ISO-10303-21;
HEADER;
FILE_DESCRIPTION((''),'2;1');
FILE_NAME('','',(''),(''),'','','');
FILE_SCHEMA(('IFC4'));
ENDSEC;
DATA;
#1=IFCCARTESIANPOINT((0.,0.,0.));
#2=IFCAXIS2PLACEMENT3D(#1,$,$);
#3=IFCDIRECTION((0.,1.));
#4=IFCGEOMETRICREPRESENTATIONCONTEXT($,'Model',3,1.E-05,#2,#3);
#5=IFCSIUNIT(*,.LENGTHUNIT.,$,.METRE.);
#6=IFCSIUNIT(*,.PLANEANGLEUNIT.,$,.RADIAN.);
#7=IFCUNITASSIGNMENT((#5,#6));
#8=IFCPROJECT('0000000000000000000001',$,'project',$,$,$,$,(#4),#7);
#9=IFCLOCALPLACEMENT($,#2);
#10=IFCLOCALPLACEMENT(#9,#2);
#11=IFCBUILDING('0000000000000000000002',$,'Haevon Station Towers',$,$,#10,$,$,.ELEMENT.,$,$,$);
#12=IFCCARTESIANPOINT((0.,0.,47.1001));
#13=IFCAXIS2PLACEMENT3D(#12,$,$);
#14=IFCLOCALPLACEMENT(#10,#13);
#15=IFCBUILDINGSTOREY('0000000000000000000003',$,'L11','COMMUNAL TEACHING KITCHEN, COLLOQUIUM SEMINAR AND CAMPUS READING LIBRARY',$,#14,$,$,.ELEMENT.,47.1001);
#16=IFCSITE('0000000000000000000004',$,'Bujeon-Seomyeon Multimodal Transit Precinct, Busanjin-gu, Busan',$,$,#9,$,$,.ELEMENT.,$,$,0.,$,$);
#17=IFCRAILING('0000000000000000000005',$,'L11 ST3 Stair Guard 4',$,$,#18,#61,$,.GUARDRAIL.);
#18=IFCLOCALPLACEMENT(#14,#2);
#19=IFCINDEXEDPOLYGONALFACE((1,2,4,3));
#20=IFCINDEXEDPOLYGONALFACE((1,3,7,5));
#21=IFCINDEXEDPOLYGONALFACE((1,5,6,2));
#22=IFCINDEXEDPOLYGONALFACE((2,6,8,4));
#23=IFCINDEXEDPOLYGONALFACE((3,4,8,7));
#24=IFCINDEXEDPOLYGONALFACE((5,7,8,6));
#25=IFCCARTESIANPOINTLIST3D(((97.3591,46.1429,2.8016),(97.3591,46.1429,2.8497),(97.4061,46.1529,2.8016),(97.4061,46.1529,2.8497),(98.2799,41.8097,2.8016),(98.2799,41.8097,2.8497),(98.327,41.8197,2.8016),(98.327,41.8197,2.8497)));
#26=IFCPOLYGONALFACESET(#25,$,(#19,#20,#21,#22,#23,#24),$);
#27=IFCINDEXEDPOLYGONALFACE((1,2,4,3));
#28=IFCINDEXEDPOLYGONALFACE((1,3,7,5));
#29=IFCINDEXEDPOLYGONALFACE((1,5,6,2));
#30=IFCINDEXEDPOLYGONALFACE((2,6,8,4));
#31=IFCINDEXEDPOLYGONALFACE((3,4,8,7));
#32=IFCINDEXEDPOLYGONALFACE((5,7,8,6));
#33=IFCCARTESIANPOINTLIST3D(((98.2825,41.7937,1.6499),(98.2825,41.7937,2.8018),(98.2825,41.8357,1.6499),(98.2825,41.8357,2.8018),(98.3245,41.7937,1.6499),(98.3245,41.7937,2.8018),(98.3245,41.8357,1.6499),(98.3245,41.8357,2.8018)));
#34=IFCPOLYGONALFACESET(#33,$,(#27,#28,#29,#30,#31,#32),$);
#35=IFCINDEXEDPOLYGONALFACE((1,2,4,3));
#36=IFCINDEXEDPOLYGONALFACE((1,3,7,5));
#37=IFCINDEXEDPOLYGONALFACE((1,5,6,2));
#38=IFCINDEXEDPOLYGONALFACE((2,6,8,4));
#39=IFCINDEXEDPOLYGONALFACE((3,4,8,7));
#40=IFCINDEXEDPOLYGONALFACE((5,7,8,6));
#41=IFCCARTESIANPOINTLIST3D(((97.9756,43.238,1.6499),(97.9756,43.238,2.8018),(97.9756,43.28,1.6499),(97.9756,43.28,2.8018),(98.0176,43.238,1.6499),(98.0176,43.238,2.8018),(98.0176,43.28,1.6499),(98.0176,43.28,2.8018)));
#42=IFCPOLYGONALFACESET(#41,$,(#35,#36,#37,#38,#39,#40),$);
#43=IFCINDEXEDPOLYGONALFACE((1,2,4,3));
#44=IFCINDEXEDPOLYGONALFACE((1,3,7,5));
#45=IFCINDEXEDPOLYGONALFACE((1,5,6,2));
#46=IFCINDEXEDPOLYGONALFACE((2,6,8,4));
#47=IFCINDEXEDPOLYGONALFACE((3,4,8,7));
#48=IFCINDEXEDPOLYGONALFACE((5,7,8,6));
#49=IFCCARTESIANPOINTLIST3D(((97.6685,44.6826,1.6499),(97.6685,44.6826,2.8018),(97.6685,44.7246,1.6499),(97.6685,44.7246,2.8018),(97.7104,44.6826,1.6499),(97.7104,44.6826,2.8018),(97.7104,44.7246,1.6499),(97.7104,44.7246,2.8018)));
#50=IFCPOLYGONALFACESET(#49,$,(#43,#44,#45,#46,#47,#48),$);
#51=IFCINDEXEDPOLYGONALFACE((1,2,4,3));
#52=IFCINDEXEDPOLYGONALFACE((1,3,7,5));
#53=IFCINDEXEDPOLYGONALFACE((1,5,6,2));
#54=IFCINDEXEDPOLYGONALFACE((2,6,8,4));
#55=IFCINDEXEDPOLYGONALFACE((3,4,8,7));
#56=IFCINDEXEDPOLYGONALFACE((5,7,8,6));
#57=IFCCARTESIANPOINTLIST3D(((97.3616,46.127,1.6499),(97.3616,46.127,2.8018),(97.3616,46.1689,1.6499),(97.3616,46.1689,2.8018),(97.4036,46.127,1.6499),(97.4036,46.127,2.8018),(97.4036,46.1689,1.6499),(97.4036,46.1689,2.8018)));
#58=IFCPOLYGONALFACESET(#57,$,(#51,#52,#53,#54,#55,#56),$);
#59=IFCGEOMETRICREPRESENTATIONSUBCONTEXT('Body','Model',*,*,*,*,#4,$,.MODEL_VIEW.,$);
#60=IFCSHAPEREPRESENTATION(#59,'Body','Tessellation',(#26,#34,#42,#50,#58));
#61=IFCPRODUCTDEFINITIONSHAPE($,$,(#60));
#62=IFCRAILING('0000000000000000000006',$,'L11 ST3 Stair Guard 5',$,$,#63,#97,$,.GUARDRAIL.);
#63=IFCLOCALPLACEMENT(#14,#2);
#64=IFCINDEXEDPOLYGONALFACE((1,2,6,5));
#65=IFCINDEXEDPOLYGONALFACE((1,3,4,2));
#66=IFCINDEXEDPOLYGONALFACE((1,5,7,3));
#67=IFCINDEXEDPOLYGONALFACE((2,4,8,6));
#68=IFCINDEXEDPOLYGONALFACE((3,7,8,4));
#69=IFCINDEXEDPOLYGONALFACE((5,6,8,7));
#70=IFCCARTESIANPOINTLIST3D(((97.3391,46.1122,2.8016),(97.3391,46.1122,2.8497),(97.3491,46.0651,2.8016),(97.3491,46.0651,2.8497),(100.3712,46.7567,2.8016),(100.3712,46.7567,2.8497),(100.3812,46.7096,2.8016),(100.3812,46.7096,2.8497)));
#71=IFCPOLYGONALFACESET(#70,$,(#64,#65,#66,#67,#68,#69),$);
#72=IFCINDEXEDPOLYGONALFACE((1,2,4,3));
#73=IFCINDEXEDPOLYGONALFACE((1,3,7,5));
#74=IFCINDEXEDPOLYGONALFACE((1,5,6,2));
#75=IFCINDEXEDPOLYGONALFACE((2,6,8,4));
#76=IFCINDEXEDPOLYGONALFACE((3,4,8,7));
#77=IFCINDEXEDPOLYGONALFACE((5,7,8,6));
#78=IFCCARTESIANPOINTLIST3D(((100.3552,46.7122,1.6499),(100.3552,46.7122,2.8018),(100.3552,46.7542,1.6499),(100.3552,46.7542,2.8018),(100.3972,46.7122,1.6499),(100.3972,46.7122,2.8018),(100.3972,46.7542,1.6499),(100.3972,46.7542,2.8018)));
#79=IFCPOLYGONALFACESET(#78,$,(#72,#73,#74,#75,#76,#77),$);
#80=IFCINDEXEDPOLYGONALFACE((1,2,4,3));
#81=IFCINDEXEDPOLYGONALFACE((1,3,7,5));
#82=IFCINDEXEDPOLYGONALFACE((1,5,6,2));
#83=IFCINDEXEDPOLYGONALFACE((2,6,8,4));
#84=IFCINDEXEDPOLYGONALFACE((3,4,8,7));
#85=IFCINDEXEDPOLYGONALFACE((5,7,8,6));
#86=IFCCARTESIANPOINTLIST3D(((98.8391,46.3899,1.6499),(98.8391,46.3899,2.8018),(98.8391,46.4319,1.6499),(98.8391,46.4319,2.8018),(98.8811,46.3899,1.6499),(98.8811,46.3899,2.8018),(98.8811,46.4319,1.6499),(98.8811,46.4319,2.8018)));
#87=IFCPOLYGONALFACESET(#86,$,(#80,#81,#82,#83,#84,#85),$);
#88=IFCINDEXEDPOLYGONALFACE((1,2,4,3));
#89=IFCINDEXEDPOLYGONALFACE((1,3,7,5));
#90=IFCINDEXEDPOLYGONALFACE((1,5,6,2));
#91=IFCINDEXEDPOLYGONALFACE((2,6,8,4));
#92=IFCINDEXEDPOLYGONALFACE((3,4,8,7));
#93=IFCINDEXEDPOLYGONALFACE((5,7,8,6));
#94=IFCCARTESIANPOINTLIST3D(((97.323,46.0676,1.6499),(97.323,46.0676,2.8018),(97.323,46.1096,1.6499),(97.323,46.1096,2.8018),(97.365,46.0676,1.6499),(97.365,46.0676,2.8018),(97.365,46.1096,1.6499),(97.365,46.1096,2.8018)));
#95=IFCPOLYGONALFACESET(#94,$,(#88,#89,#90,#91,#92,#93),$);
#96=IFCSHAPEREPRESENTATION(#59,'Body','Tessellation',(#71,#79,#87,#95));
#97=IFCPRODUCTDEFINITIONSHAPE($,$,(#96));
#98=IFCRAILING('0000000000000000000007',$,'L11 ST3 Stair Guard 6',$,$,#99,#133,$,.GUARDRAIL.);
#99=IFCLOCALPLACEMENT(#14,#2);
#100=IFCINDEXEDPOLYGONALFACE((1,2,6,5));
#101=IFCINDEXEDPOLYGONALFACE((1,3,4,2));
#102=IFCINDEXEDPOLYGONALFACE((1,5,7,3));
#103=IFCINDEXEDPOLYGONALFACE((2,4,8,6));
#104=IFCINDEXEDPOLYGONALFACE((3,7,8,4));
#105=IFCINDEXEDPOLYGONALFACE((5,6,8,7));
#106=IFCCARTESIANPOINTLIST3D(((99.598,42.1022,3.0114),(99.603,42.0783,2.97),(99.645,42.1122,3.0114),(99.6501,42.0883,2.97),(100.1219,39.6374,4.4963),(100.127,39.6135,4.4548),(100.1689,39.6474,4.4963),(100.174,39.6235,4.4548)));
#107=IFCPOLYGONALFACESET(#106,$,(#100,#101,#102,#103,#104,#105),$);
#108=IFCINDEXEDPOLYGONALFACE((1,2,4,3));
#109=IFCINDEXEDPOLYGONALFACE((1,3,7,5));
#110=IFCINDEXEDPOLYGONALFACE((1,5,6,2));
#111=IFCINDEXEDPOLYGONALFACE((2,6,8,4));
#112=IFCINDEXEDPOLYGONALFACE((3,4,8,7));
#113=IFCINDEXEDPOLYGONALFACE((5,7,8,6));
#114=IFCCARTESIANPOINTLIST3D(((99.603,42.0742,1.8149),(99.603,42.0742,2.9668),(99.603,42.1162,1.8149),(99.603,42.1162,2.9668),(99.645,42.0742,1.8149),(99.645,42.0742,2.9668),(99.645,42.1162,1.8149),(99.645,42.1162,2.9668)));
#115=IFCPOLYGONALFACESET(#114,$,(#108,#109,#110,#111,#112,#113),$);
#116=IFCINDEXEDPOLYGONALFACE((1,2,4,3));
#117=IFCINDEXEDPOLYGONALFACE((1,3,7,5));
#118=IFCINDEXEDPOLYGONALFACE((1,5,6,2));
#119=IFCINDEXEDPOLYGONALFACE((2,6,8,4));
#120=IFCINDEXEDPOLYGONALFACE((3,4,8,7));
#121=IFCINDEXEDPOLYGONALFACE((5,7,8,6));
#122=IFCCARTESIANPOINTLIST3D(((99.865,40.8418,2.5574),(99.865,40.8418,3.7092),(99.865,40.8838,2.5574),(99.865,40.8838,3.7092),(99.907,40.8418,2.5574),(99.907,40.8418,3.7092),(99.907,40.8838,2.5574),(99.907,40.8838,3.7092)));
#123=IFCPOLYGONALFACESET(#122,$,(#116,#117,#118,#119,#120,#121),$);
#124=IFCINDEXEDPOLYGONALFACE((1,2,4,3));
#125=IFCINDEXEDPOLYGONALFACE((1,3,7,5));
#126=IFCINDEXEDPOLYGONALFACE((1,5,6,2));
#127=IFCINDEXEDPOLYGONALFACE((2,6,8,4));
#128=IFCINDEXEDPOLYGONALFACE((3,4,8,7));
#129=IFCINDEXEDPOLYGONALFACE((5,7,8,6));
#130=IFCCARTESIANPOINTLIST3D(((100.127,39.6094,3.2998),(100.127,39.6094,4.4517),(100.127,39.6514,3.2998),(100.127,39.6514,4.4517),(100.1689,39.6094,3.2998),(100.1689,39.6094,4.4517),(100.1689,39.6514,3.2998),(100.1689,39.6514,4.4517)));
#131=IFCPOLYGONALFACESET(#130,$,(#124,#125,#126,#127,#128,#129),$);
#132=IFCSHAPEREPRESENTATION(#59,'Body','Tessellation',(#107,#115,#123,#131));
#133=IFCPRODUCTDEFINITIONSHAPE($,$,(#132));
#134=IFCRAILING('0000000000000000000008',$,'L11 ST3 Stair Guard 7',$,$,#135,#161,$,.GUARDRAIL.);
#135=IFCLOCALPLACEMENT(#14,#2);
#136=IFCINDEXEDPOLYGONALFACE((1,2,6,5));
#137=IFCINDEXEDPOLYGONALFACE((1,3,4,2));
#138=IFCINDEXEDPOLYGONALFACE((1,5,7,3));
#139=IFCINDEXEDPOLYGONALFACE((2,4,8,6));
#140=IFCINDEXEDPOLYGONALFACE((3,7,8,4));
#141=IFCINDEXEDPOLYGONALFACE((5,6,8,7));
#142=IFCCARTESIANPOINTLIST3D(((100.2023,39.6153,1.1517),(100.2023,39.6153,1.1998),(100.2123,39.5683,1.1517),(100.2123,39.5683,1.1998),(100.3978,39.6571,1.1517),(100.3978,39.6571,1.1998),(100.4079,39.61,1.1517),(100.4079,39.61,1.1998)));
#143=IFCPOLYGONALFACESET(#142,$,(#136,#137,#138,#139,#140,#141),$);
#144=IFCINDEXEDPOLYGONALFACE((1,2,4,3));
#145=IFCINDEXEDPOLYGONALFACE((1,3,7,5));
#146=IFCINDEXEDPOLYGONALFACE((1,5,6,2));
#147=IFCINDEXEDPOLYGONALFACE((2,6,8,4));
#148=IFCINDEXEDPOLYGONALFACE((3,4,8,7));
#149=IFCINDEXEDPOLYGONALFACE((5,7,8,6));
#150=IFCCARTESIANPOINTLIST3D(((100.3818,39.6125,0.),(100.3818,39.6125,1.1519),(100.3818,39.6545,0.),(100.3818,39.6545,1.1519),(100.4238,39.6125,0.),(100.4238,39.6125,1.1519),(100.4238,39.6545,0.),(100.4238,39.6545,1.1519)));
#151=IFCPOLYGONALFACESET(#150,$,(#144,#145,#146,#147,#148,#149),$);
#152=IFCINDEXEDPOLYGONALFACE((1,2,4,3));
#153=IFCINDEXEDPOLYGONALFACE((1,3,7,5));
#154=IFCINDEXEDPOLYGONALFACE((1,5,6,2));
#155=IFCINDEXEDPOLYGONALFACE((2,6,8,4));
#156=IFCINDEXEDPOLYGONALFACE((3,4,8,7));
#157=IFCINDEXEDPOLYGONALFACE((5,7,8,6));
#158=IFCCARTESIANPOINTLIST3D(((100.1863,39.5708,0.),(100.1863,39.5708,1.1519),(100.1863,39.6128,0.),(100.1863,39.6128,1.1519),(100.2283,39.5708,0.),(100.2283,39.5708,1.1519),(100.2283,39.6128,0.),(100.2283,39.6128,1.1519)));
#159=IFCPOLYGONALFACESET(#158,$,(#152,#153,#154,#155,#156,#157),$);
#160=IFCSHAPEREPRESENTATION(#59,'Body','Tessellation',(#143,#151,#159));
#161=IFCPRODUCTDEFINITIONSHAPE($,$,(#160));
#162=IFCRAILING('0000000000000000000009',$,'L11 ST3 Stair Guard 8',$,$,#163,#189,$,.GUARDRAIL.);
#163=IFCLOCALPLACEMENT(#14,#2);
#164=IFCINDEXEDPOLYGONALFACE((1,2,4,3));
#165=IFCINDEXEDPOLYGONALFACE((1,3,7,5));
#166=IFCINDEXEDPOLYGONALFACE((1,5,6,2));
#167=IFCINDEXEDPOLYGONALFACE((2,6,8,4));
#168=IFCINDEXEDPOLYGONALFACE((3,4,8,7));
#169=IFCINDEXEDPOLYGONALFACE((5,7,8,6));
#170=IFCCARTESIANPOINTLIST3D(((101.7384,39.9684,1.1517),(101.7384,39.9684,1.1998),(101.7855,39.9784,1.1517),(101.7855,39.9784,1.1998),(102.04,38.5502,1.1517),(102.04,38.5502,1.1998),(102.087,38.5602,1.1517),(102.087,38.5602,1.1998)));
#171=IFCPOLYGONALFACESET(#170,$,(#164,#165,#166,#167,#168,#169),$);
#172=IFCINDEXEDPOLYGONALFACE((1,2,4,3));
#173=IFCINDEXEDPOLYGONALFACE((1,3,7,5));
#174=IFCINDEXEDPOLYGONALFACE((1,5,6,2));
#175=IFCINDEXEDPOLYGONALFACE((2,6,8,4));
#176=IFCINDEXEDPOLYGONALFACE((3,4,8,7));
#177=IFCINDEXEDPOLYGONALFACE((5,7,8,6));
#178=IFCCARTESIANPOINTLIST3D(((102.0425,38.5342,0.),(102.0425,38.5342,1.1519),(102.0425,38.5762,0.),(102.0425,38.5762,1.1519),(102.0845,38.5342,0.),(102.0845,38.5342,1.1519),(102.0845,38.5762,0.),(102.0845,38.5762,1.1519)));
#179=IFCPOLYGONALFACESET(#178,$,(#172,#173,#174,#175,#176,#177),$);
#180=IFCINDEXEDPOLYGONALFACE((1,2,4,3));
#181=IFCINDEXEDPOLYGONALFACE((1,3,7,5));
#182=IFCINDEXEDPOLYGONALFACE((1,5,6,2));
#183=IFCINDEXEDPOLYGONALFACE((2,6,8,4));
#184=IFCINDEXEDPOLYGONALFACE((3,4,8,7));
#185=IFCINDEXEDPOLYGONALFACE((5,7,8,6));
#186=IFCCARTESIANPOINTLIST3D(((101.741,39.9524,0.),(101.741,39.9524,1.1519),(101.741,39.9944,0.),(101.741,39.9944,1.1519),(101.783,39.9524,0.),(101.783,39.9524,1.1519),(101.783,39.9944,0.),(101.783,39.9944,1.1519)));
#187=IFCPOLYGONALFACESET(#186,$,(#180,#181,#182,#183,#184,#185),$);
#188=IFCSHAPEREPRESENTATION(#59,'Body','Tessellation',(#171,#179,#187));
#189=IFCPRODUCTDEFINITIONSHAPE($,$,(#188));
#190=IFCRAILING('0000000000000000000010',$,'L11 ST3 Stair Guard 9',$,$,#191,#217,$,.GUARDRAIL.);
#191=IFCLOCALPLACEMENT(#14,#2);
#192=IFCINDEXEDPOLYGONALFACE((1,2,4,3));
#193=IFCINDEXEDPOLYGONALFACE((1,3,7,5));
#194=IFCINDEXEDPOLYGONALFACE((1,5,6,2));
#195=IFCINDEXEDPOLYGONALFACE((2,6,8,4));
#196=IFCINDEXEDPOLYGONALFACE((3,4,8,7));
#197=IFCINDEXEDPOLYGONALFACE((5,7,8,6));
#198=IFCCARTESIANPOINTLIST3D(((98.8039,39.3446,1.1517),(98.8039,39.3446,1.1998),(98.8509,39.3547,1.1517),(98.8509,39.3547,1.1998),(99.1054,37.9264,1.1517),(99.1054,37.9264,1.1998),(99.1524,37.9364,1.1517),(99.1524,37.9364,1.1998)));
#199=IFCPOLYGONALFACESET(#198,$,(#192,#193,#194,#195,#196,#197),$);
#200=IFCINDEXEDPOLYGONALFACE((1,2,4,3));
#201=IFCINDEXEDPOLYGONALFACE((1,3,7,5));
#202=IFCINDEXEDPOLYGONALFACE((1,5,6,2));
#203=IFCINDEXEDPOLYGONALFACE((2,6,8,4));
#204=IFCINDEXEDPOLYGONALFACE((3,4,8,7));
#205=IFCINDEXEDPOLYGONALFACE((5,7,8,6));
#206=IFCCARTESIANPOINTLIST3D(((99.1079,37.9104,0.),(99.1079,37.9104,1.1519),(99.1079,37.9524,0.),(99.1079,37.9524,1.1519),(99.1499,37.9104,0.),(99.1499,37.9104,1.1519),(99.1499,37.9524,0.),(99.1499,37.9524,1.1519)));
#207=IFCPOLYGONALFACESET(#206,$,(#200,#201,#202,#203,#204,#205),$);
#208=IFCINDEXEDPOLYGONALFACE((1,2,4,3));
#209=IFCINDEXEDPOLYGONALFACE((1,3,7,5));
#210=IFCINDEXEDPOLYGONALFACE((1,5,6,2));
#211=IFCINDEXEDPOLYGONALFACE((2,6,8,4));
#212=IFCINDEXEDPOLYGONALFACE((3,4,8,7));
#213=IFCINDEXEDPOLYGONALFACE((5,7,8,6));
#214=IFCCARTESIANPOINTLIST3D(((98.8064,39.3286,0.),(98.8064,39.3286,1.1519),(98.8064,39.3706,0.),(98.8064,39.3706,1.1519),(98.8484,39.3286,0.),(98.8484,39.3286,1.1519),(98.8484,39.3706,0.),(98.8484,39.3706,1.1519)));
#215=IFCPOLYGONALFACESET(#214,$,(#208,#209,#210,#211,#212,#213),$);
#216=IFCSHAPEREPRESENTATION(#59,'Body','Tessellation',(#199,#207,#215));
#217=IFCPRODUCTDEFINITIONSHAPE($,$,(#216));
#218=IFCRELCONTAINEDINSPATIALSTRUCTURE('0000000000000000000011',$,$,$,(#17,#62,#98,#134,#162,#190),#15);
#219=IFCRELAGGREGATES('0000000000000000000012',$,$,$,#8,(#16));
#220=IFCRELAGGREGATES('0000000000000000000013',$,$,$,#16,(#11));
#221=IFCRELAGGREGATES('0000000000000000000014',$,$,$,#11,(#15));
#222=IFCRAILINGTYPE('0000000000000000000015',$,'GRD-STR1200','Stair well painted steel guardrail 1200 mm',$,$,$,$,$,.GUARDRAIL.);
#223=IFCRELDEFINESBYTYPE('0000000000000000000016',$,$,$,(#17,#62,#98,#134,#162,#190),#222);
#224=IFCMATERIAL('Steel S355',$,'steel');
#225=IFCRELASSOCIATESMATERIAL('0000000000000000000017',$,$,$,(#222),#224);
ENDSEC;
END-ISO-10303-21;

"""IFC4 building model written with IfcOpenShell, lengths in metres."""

from ifc_helpers import new_model, si_unit, direction, frame, origin, origin_2d, place, context, subcontext, project, spatial, rectangle, extrude, material, type_object, element, save


model = new_model("IFC4")

# Units and contexts
model_context = context("Model", 3, precision=1e-05, world=origin(), true_north=direction((0.0, 1.0)))
body_context = subcontext(model_context, "Body", "Model", "MODEL_VIEW")
ifc_project = project(units=[si_unit("LENGTHUNIT", "METRE"), si_unit("PLANEANGLEUNIT", "RADIAN")], contexts=[model_context])

# Site, building, storey
site_placement = place(None, origin())
site = spatial("IfcSite", under=ifc_project, at=site_placement, Name="Bujeon-Seomyeon Multimodal Transit Precinct, Busanjin-gu, Busan", CompositionType="ELEMENT", RefElevation=0.0)
building_placement = place(site_placement, origin())
building = spatial("IfcBuilding", under=site, at=building_placement, Name="Haevon Station Towers", CompositionType="ELEMENT")
storey_placement = place(building_placement, frame((0.0, 0.0, 47.1001)))
storey = spatial("IfcBuildingStorey", under=building, at=storey_placement, Name="L11", Description="COMMUNAL TEACHING KITCHEN, COLLOQUIUM SEMINAR AND CAMPUS READING LIBRARY", CompositionType="ELEMENT", Elevation=47.1001)

# Shared definitions
ifc_material_1 = material(Name="Steel S355", Category="steel")

# Railings
railing_type_1 = type_object("IfcRailingType", Name="GRD-STR1200", Description="Stair well painted steel guardrail 1200 mm", PredefinedType="GUARDRAIL", material=ifc_material_1)
railing_1_placement = place(storey_placement, frame((98.3035, 41.8147, 1.6499)))
element("IfcRailing", 1, at=railing_1_placement, inside=storey, type_object=railing_type_1, Name="L11 ST3 Stair Guard 4", PredefinedType="GUARDRAIL", context=body_context, shape_type="SweptSolid", body=[
    extrude(rectangle(XDim=0.0481, YDim=0.0481, at=origin_2d()), frame((0.0, 0.0, 1.1758), z_axis=(-0.207877, 0.978155, 0.0), x_axis=(-0.978155, -0.207877, 0.0)), (0.0, 0.0, 1.0), 4.4299),
    extrude(rectangle(XDim=0.042, YDim=0.042, at=origin_2d()), origin(), (0.0, 0.0, 1.0), 1.1519),
    extrude(rectangle(XDim=0.042, YDim=0.042, at=origin_2d()), frame((-0.3069, 1.4443, 0.0)), (0.0, 0.0, 1.0), 1.1519),
    extrude(rectangle(XDim=0.042, YDim=0.042, at=origin_2d()), frame((-0.614, 2.8889, 0.0)), (0.0, 0.0, 1.0), 1.1519),
    extrude(rectangle(XDim=0.042, YDim=0.042, at=origin_2d()), frame((-0.9209, 4.3333, 0.0)), (0.0, 0.0, 1.0), 1.1519),
])
railing_2_placement = place(storey_placement, frame((100.3762, 46.7332, 1.6499)))
element("IfcRailing", 2, at=railing_2_placement, inside=storey, type_object=railing_type_1, Name="L11 ST3 Stair Guard 5", PredefinedType="GUARDRAIL", context=body_context, shape_type="SweptSolid", body=[
    extrude(rectangle(XDim=0.0481, YDim=0.0481, at=origin_2d()), frame((0.0, 0.0, 1.1758), z_axis=(-0.978147, -0.207915, 0.0), x_axis=(0.207915, -0.978147, 0.0)), (0.0, 0.0, 1.0), 3.0999),
    extrude(rectangle(XDim=0.042, YDim=0.042, at=origin_2d()), origin(), (0.0, 0.0, 1.0), 1.1519),
    extrude(rectangle(XDim=0.042, YDim=0.042, at=origin_2d()), frame((-1.5161, -0.3223, 0.0)), (0.0, 0.0, 1.0), 1.1519),
    extrude(rectangle(XDim=0.042, YDim=0.042, at=origin_2d()), frame((-3.0322, -0.6445, 0.0)), (0.0, 0.0, 1.0), 1.1519),
])
railing_3_placement = place(storey_placement, frame((99.624, 42.0952, 1.8149)))
element("IfcRailing", 3, at=railing_3_placement, inside=storey, type_object=railing_type_1, Name="L11 ST3 Stair Guard 6", PredefinedType="GUARDRAIL", context=body_context, shape_type="SweptSolid", body=[
    extrude(rectangle(XDim=0.0481, YDim=0.0481, at=origin_2d()), frame((0.0, 0.0, 1.1758), z_axis=(0.179129, -0.842724, 0.507671), x_axis=(0.978147, 0.207914, 0.0)), (0.0, 0.0, 1.0), 2.9248),
    extrude(rectangle(XDim=0.042, YDim=0.042, at=origin_2d()), origin(), (0.0, 0.0, 1.0), 1.1519),
    extrude(rectangle(XDim=0.042, YDim=0.042, at=origin_2d()), frame((0.262, -1.2324, 0.7424)), (0.0, 0.0, 1.0), 1.1519),
    extrude(rectangle(XDim=0.042, YDim=0.042, at=origin_2d()), frame((0.5239, -2.4648, 1.4849)), (0.0, 0.0, 1.0), 1.1519),
])
railing_4_placement = place(storey_placement, frame((100.4028, 39.6335, 0.0)))
element("IfcRailing", 4, at=railing_4_placement, inside=storey, type_object=railing_type_1, Name="L11 ST3 Stair Guard 7", PredefinedType="GUARDRAIL", context=body_context, shape_type="SweptSolid", body=[
    extrude(rectangle(XDim=0.0481, YDim=0.0481, at=origin_2d()), frame((0.0, 0.0, 1.1758), z_axis=(-0.977963, -0.208779, 0.0), x_axis=(0.208779, -0.977963, 0.0)), (0.0, 0.0, 1.0), 0.2),
    extrude(rectangle(XDim=0.042, YDim=0.042, at=origin_2d()), origin(), (0.0, 0.0, 1.0), 1.1519),
    extrude(rectangle(XDim=0.042, YDim=0.042, at=origin_2d()), frame((-0.1956, -0.0417, 0.0)), (0.0, 0.0, 1.0), 1.1519),
])
for number, where, name in (
    (5, (102.0635, 38.5552, 0.0), "L11 ST3 Stair Guard 8"),
    (6, (99.1289, 37.9314, 0.0), "L11 ST3 Stair Guard 9"),
):
    element("IfcRailing", number, at=place(storey_placement, frame(where)), inside=storey, type_object=railing_type_1, Name=name, PredefinedType="GUARDRAIL", context=body_context, shape_type="SweptSolid", body=[
        extrude(rectangle(XDim=0.0481, YDim=0.0481, at=origin_2d()), frame((0.0, 0.0, 1.1758), z_axis=(-0.207953, 0.978139, 0.0), x_axis=(-0.978139, -0.207953, 0.0)), (0.0, 0.0, 1.0), 1.45),
        extrude(rectangle(XDim=0.042, YDim=0.042, at=origin_2d()), origin(), (0.0, 0.0, 1.0), 1.1519),
        extrude(rectangle(XDim=0.042, YDim=0.042, at=origin_2d()), frame((-0.3015, 1.4182, 0.0)), (0.0, 0.0, 1.0), 1.1519),
    ])

save(model, "model.ifc")
